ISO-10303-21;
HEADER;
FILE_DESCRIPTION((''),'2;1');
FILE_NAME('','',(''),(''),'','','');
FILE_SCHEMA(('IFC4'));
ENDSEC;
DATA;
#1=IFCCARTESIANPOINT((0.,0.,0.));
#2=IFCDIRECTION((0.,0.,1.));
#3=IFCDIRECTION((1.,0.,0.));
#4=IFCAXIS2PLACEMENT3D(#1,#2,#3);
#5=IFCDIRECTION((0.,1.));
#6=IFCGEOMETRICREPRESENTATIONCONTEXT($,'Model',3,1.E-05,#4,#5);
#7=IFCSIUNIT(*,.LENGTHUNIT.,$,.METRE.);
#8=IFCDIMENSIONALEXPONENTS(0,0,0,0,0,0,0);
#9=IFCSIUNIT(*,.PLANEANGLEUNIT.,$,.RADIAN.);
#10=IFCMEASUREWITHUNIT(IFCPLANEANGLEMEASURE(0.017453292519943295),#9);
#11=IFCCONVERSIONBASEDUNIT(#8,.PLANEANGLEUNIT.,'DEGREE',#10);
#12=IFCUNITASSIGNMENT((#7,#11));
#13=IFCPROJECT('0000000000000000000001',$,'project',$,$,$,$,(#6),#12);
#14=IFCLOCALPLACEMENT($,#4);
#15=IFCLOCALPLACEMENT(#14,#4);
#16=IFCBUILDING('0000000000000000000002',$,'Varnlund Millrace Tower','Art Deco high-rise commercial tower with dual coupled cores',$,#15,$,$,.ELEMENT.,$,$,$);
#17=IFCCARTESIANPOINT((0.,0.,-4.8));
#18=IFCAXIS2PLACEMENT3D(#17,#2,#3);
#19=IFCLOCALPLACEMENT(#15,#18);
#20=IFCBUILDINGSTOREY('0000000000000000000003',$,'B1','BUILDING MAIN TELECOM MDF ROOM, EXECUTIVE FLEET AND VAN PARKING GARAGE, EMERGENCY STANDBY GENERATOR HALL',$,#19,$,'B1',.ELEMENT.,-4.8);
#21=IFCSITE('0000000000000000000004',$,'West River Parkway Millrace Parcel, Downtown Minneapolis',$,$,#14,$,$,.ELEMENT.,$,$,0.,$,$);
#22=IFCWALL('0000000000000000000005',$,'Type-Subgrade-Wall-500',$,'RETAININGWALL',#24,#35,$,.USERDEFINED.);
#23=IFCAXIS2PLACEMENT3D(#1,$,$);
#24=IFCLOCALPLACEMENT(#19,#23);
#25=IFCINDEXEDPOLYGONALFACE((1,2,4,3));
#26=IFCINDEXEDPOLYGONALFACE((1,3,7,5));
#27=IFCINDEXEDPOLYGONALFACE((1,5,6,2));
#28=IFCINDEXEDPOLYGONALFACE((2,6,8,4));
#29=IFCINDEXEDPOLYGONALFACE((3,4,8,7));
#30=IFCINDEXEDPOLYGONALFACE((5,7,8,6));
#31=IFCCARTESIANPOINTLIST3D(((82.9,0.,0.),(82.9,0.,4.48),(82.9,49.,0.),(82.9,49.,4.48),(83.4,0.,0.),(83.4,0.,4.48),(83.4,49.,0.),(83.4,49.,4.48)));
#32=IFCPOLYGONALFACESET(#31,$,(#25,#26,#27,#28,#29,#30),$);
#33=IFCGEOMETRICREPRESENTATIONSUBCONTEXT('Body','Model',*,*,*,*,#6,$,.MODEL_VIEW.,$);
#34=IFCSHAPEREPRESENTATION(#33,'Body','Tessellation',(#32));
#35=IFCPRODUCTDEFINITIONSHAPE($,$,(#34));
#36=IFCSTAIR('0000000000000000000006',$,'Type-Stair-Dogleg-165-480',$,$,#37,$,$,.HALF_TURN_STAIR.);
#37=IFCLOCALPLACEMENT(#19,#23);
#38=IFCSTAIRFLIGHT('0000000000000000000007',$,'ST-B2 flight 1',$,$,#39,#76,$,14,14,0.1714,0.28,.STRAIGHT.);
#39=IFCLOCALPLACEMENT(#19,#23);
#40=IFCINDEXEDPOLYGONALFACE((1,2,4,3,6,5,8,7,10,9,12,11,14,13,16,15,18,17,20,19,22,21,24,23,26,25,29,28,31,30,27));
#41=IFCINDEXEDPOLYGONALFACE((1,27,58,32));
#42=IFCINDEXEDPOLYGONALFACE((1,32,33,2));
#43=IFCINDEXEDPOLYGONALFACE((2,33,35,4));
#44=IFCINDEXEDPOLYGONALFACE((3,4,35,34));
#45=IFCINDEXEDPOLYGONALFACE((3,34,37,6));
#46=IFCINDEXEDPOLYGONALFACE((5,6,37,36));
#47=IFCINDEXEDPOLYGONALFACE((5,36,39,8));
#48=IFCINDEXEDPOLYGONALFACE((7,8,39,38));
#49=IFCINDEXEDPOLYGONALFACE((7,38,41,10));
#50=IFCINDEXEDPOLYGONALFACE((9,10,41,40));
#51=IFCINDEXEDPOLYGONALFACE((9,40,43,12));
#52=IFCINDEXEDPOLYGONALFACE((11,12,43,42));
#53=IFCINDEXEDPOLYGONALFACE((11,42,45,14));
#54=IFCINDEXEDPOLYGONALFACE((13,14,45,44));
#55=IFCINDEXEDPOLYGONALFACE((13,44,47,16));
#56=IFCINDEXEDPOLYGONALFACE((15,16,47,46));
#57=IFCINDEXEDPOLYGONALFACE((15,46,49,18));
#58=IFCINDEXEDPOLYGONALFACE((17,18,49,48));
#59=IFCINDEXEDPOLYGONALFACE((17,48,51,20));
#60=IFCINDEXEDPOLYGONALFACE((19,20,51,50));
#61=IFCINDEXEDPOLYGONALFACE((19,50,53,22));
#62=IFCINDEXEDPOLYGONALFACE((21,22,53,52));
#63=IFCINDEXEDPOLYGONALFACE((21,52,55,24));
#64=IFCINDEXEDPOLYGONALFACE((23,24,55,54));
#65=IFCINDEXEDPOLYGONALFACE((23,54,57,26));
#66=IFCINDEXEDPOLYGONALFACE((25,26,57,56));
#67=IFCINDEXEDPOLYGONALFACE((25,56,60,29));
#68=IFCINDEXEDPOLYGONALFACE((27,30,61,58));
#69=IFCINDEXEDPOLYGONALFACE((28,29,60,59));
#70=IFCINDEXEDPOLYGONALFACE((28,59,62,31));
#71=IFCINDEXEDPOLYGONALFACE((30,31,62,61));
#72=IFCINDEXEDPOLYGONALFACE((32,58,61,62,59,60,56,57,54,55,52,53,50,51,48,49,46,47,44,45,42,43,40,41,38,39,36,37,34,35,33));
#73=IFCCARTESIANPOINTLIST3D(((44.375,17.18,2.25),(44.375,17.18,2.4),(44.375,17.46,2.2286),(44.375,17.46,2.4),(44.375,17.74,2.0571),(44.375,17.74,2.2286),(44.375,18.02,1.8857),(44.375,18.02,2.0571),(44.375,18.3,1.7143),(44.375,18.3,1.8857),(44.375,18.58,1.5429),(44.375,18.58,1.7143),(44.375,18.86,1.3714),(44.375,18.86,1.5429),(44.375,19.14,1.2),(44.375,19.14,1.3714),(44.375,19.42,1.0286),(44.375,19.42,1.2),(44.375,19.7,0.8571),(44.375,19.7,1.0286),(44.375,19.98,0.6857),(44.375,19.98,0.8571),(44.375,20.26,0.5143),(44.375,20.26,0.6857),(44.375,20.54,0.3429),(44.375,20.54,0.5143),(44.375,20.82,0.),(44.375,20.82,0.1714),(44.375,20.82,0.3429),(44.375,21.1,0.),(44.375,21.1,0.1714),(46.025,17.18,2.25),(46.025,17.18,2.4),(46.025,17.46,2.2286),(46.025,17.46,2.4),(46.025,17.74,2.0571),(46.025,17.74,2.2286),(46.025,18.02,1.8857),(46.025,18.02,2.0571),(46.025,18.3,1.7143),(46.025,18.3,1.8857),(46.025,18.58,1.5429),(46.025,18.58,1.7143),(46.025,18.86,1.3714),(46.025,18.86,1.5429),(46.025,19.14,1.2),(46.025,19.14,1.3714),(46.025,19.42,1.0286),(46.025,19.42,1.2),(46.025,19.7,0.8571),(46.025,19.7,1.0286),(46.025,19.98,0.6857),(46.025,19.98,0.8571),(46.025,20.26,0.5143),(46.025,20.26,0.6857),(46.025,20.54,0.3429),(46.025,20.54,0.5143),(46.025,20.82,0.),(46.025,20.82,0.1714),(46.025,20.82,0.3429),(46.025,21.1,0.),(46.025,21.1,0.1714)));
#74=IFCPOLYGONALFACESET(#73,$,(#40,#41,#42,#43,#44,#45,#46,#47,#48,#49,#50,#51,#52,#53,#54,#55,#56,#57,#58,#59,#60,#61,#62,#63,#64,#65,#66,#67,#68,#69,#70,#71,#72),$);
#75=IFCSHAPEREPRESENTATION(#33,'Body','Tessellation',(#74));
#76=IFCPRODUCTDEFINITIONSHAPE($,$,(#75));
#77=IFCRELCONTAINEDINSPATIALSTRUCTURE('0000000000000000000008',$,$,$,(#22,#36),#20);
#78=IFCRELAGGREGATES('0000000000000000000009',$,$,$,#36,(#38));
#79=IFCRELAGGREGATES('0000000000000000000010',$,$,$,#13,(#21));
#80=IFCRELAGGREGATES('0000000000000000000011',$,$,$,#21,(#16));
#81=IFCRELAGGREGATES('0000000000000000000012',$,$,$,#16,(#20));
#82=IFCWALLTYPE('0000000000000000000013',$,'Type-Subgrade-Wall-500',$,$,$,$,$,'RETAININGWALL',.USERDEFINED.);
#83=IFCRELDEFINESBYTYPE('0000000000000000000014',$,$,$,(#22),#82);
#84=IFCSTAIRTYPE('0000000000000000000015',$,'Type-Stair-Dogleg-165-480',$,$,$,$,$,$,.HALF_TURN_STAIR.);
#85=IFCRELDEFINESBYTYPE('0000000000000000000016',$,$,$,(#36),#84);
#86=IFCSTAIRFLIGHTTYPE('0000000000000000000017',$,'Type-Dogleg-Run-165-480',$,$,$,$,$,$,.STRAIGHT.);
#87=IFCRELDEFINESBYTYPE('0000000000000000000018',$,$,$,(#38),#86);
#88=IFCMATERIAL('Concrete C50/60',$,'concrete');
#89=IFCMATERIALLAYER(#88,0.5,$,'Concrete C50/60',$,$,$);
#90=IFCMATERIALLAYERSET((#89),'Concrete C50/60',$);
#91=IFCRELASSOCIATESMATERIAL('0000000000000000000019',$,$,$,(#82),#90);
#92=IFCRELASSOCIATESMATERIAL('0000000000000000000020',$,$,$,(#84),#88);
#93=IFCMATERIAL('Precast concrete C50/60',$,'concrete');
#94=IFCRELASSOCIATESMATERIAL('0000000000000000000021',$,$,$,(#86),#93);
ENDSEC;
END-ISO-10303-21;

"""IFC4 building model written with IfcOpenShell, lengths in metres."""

from ifc_helpers import new_model, entity, si_unit, converted_unit, direction, frame, origin_with_axes, place, context, subcontext, project, spatial, polyline, outline, extrude, material, layer, layer_set, type_object, element, aggregate, save


model = new_model("IFC4")

# Units and contexts
model_context = context("Model", 3, precision=1e-05, world=origin_with_axes(), true_north=direction((0.0, 1.0)))
body_context = subcontext(model_context, "Body", "Model", "MODEL_VIEW")
ifc_project = project(units=[si_unit("LENGTHUNIT", "METRE"), converted_unit("PLANEANGLEUNIT", "DEGREE", entity("IfcPlaneAngleMeasure", 0.017453292519943295), si_unit("PLANEANGLEUNIT", "RADIAN"), dimensions=[0, 0, 0, 0, 0, 0, 0])], contexts=[model_context])

# Site, building, storey
site_placement = place(None, origin_with_axes())
site = spatial("IfcSite", under=ifc_project, at=site_placement, Name="West River Parkway Millrace Parcel, Downtown Minneapolis", CompositionType="ELEMENT", RefElevation=0.0)
building_placement = place(site_placement, origin_with_axes())
building = spatial("IfcBuilding", under=site, at=building_placement, Name="Varnlund Millrace Tower", Description="Art Deco high-rise commercial tower with dual coupled cores", CompositionType="ELEMENT")
storey_placement = place(building_placement, frame((0.0, 0.0, -4.8), z_axis=(0.0, 0.0, 1.0), x_axis=(1.0, 0.0, 0.0)))
storey = spatial("IfcBuildingStorey", under=building, at=storey_placement, Name="B1", Description="BUILDING MAIN TELECOM MDF ROOM, EXECUTIVE FLEET AND VAN PARKING GARAGE, EMERGENCY STANDBY GENERATOR HALL", LongName="B1", CompositionType="ELEMENT", Elevation=-4.8)

# Wall
ifc_material_1 = material(Name="Concrete C50/60", Category="concrete")
ifc_layer = layer(ifc_material_1, 0.5, Name="Concrete C50/60")
ifc_layer_set = layer_set([ifc_layer], Name="Concrete C50/60")
wall_type = type_object("IfcWallType", Name="Type-Subgrade-Wall-500", ElementType="RETAININGWALL", PredefinedType="USERDEFINED", material=ifc_layer_set)
wall_placement = place(storey_placement, frame((83.15, 49.0, 0.0), z_axis=(0.0, 0.0, 1.0), x_axis=(0.0, -1.0, 0.0)))
element("IfcWall", 1, at=wall_placement, inside=storey, type_object=wall_type, Name="Type-Subgrade-Wall-500", ObjectType="RETAININGWALL", PredefinedType="USERDEFINED", context=body_context, shape_type="SweptSolid", body=[
    extrude(outline(polyline([(0.0, -0.25), (49.0, -0.25), (49.0, 0.25), (0.0, 0.25), (0.0, -0.25)])), origin_with_axes(), (0.0, 0.0, 1.0), 4.48),
])

# Stair, stair flight
stair_type = type_object("IfcStairType", Name="Type-Stair-Dogleg-165-480", PredefinedType="HALF_TURN_STAIR", material=ifc_material_1)
stair_placement = place(storey_placement, origin_with_axes())
stair = element("IfcStair", 2, at=stair_placement, inside=storey, type_object=stair_type, Name="Type-Stair-Dogleg-165-480", PredefinedType="HALF_TURN_STAIR")
ifc_material_2 = material(Name="Precast concrete C50/60", Category="concrete")
stair_flight_type = type_object("IfcStairFlightType", Name="Type-Dogleg-Run-165-480", PredefinedType="STRAIGHT", material=ifc_material_2)
stair_flight_placement = place(storey_placement, frame((46.025, 21.1, 0.0), z_axis=(-1.0, 0.0, 0.0), x_axis=(0.0, -1.0, 0.0)))
stair_flight = element("IfcStairFlight", 3, at=stair_flight_placement, type_object=stair_flight_type, Name="ST-B2 flight 1", NumberOfRisers=14, NumberOfTreads=14, PredefinedType="STRAIGHT", RiserHeight=0.1714, TreadLength=0.28, context=body_context, shape_type="SweptSolid", body=[
    extrude(outline(polyline([(0.0, 0.0), (0.0, 0.1714), (0.28, 0.1714), (0.28, 0.3429), (0.56, 0.3429), (0.56, 0.5143), (0.84, 0.5143), (0.84, 0.6857), (1.12, 0.6857), (1.12, 0.8571), (1.4, 0.8571), (1.4, 1.0286), (1.68, 1.0286), (1.68, 1.2), (1.96, 1.2), (1.96, 1.3714), (2.24, 1.3714), (2.24, 1.5429), (2.52, 1.5429), (2.52, 1.7143), (2.8, 1.7143), (2.8, 1.8857), (3.08, 1.8857), (3.08, 2.0571), (3.36, 2.0571), (3.36, 2.2286), (3.64, 2.2286), (3.64, 2.4), (3.92, 2.4), (3.92, 2.25), (0.28, 0.0), (0.0, 0.0)])), origin_with_axes(), (0.0, 0.0, 1.0), 1.65),
])
aggregate(stair, [stair_flight])

save(model, "model.ifc")
